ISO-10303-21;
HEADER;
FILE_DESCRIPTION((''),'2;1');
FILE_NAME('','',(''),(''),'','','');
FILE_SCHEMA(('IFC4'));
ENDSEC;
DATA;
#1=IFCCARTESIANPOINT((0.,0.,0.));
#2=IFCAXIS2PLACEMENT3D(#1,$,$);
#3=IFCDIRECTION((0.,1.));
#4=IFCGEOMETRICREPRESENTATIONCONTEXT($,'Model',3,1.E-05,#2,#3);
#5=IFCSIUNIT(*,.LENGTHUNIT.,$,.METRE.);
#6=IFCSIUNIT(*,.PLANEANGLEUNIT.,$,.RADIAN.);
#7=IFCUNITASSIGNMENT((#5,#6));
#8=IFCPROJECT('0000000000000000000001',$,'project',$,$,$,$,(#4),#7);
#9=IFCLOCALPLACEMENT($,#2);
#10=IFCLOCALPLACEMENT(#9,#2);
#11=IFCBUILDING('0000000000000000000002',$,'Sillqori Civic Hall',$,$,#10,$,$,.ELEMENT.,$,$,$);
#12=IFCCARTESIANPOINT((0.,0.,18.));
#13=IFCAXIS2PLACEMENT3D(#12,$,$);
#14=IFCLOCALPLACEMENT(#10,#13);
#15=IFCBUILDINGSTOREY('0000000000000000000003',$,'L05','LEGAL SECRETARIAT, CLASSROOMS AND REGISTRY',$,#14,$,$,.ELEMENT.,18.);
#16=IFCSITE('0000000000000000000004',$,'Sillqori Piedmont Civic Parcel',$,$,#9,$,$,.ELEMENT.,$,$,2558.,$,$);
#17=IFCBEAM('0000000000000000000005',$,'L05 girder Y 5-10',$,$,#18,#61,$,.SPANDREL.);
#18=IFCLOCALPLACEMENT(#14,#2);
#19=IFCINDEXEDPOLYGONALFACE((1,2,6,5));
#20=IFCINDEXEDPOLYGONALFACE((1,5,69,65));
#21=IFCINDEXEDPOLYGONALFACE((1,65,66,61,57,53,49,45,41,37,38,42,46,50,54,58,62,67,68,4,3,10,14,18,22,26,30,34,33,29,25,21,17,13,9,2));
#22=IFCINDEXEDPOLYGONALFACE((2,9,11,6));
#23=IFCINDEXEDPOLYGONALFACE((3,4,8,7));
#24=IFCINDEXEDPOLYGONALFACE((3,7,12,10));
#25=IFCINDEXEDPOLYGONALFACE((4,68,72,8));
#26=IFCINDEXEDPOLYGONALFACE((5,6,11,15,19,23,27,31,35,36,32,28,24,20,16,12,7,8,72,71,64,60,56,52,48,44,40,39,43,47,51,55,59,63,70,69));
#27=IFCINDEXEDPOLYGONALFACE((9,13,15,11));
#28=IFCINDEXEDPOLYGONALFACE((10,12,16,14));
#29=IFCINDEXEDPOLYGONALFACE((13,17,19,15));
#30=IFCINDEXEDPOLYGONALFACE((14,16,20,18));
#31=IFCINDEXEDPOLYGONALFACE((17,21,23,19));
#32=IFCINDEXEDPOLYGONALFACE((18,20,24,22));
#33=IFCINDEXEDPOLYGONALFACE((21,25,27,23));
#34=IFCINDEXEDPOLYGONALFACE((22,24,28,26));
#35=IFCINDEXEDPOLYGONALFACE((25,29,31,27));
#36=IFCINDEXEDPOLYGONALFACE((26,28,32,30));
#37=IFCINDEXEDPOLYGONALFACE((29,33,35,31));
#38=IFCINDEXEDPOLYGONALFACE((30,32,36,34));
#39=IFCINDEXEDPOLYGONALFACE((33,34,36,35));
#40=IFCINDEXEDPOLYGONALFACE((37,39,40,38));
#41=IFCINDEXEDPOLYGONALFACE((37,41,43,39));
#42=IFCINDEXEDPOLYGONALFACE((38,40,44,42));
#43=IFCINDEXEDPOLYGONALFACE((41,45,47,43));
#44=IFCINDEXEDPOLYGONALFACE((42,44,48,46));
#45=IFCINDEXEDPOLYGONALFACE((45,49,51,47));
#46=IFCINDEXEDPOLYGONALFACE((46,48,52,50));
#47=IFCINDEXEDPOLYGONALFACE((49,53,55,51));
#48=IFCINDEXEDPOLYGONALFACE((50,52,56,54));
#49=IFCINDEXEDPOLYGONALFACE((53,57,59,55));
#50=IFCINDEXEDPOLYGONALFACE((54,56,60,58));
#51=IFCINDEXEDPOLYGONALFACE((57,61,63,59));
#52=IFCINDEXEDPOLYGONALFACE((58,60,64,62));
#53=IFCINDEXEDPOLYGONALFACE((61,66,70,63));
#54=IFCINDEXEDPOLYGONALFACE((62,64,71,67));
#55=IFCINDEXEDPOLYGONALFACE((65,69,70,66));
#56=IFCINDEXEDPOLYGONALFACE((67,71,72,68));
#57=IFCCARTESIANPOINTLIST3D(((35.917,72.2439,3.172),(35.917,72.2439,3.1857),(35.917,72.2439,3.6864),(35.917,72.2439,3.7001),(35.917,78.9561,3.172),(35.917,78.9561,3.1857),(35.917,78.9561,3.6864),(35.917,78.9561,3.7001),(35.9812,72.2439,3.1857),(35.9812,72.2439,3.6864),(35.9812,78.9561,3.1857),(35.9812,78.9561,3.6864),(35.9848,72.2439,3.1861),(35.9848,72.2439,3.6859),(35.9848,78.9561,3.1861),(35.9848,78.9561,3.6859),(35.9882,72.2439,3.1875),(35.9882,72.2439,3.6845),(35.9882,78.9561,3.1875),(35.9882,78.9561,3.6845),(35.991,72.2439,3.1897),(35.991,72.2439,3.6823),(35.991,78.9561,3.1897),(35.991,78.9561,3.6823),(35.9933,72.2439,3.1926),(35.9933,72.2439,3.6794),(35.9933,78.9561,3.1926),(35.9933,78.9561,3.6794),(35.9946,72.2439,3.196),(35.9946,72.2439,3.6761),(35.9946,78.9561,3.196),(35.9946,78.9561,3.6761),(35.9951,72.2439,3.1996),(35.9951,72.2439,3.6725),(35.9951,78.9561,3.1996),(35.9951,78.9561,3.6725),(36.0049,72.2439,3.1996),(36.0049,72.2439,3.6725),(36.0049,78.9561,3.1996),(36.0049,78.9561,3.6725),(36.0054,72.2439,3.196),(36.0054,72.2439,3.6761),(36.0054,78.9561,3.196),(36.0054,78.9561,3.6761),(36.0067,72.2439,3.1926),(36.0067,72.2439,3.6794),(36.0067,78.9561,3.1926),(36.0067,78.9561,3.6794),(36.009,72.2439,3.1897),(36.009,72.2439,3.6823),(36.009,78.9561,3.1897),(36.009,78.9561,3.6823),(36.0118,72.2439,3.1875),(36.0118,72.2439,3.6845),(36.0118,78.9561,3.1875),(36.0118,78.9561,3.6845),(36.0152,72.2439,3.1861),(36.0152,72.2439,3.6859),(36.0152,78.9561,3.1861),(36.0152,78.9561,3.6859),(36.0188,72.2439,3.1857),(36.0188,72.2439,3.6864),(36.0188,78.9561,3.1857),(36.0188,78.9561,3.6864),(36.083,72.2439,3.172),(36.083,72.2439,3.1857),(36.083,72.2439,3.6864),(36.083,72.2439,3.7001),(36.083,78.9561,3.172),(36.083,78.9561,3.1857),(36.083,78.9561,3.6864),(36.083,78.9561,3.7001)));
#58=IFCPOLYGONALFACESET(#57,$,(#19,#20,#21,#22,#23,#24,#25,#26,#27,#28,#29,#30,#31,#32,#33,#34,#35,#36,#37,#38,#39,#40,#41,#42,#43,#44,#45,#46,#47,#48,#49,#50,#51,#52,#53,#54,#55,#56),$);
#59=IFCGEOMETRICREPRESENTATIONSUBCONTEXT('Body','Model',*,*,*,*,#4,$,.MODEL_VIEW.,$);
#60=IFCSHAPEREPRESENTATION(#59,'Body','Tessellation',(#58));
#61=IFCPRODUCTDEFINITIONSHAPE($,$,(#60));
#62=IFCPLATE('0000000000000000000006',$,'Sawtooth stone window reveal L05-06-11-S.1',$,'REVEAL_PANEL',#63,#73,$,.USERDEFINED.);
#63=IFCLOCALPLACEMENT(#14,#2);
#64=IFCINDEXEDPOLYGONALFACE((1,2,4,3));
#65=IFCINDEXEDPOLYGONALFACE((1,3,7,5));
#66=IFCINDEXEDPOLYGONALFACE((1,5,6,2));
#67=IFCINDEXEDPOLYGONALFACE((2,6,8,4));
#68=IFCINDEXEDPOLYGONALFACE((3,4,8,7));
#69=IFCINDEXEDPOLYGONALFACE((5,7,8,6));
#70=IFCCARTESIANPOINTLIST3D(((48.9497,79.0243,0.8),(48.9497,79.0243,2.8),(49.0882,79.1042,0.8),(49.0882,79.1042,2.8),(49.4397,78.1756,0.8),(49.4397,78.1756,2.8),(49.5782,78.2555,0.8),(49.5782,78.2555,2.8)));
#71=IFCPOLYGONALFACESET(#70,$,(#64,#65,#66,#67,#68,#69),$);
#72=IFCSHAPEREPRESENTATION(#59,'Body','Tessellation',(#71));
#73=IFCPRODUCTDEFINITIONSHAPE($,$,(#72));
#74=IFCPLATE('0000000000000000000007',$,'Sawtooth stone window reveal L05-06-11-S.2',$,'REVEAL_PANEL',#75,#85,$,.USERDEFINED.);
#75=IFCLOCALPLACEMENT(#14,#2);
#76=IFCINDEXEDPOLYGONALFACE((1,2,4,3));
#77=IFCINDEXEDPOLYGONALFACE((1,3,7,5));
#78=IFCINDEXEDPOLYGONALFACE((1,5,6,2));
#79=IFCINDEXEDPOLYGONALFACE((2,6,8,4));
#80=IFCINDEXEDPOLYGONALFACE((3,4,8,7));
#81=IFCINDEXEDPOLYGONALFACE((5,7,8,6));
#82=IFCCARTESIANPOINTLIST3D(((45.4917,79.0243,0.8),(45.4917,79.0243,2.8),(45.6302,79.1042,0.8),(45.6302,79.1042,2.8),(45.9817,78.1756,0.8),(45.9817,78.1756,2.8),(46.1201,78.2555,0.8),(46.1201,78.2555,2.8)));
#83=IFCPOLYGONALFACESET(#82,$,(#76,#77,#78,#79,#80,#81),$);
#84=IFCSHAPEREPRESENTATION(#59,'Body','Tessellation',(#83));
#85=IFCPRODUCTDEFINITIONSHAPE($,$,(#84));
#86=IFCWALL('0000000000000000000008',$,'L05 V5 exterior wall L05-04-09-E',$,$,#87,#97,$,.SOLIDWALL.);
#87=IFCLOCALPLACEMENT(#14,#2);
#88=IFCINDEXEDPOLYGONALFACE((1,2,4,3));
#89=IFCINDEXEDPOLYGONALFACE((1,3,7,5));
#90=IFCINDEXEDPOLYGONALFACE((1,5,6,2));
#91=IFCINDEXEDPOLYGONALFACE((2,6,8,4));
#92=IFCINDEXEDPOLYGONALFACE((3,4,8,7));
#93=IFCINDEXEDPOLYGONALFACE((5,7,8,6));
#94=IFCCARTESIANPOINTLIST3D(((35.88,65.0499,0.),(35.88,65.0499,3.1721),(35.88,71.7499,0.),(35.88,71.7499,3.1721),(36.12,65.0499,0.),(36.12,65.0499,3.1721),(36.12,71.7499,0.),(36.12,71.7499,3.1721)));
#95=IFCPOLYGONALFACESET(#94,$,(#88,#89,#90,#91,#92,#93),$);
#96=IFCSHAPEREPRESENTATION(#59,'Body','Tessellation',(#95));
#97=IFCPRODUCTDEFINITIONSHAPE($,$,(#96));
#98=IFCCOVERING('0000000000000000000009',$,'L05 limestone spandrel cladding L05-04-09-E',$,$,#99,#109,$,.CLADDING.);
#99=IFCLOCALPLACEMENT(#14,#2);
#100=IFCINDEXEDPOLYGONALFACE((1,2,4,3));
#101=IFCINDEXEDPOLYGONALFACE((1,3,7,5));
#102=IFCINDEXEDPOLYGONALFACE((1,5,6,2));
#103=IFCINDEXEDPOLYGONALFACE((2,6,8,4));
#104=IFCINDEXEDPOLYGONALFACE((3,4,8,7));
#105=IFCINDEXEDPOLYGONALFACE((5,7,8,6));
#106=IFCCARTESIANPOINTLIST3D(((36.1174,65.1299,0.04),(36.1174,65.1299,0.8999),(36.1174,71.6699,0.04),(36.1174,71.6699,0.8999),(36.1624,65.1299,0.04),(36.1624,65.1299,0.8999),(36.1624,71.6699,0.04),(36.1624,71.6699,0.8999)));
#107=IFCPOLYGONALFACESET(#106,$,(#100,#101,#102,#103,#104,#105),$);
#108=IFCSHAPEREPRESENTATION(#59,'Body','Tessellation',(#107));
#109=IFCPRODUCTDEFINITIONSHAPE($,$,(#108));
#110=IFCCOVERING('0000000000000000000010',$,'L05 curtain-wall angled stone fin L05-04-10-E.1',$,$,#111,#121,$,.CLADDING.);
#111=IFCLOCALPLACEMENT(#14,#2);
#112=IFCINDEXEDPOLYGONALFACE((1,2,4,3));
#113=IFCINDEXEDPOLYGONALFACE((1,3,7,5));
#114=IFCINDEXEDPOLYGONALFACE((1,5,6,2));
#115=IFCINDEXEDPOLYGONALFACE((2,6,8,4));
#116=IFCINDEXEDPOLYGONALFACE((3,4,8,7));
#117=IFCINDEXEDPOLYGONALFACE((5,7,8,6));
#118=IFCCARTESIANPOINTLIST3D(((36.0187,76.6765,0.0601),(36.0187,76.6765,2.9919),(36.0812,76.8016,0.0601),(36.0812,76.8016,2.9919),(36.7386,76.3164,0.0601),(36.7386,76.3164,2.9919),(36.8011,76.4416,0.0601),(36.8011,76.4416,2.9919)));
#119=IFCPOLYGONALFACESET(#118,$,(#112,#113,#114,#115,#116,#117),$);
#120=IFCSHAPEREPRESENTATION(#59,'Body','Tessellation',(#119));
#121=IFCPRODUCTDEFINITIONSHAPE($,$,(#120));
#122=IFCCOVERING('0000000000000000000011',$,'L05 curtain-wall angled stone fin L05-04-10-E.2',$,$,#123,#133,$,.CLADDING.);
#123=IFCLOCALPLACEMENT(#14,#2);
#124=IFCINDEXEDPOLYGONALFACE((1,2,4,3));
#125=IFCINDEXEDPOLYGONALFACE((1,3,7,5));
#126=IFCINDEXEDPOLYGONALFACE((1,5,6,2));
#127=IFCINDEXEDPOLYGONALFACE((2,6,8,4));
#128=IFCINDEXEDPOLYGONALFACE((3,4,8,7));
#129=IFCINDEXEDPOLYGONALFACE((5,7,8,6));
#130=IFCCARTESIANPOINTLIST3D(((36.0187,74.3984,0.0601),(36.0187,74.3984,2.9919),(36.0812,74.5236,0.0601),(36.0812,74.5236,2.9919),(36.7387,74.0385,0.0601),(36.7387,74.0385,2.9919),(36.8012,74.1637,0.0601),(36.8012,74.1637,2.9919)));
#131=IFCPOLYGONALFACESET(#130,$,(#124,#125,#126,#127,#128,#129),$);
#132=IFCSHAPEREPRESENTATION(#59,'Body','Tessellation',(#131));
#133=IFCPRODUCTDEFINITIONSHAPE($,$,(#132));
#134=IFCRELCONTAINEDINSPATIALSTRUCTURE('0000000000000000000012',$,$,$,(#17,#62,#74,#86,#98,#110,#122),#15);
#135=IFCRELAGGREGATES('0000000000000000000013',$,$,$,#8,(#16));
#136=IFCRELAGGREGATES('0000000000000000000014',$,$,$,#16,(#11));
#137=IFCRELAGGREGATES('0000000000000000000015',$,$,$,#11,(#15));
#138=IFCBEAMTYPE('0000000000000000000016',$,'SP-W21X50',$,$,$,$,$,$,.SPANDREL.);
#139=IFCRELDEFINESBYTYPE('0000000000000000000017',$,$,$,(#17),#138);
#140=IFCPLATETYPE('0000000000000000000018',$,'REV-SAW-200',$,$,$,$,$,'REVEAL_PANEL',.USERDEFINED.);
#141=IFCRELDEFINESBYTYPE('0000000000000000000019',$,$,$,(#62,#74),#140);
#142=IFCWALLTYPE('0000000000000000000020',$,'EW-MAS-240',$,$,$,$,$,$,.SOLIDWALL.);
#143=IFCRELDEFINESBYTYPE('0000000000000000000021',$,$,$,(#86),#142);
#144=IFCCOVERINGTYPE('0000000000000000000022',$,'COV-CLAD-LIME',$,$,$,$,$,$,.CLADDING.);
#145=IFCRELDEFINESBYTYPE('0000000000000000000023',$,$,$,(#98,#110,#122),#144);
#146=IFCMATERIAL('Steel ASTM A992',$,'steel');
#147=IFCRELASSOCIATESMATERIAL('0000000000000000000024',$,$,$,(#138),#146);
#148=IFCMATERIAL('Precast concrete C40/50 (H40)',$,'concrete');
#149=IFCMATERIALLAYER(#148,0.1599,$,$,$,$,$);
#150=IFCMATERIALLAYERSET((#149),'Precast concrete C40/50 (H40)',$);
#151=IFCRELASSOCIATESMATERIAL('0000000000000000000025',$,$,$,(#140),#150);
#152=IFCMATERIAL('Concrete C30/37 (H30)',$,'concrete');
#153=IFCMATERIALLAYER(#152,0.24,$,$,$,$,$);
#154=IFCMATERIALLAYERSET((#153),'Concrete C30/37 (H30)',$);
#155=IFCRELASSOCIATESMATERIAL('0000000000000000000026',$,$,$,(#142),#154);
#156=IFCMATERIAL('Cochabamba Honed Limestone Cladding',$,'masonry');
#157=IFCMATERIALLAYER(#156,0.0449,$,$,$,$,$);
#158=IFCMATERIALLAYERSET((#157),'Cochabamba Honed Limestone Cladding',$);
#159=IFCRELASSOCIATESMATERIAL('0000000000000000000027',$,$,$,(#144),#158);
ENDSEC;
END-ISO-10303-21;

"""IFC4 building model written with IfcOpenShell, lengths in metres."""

from ifc_helpers import new_model, si_unit, direction, frame, frame_2d, origin, origin_2d, place, context, subcontext, project, spatial, rectangle, i_section, extrude, material, layer, layer_set, material_profile, profile_set, type_object, element, save


model = new_model("IFC4")

# Units and contexts
model_context = context("Model", 3, precision=1e-05, world=origin(), true_north=direction((0.0, 1.0)))
body_context = subcontext(model_context, "Body", "Model", "MODEL_VIEW")
ifc_project = project(units=[si_unit("LENGTHUNIT", "METRE"), si_unit("PLANEANGLEUNIT", "RADIAN")], contexts=[model_context])

# Site, building, storey
site_placement = place(None, origin())
site = spatial("IfcSite", under=ifc_project, at=site_placement, Name="Sillqori Piedmont Civic Parcel", CompositionType="ELEMENT", RefElevation=2558.0)
building_placement = place(site_placement, origin())
building = spatial("IfcBuilding", under=site, at=building_placement, Name="Sillqori Civic Hall", CompositionType="ELEMENT")
storey_placement = place(building_placement, frame((0.0, 0.0, 18.0)))
storey = spatial("IfcBuildingStorey", under=building, at=storey_placement, Name="L05", Description="LEGAL SECRETARIAT, CLASSROOMS AND REGISTRY", CompositionType="ELEMENT", Elevation=18.0)

# Beam
ifc_material_1 = material(Name="Steel ASTM A992", Category="steel")
ifc_material_profile_1 = material_profile(ifc_material_1, i_section(OverallWidth=0.166, OverallDepth=0.5281, WebThickness=0.0098, FlangeThickness=0.0137, FilletRadius=0.0139, at=origin_2d()), Name="W21X50")
ifc_profile_set_1 = profile_set([ifc_material_profile_1], Name="Steel ASTM A992")
beam_type_1 = type_object("IfcBeamType", Name="SP-W21X50", PredefinedType="SPANDREL", material=ifc_profile_set_1)
for number, where, z_axis, x_axis, name in (
    (1, (36.0, 72.2439, 3.436), (0.0, 1.0, 0.0), (-1.0, 0.0, 0.0), "L05 girder Y 5-10"),
):
    element("IfcBeam", number, at=place(storey_placement, frame(where, z_axis=z_axis, x_axis=x_axis)), inside=storey, type_object=beam_type_1, Name=name, PredefinedType="SPANDREL", context=body_context, shape_type="SweptSolid", body=[
        extrude(i_section(OverallWidth=0.166, OverallDepth=0.5281, WebThickness=0.0098, FlangeThickness=0.0137, FilletRadius=0.0139, at=origin_2d()), origin(), (0.0, 0.0, 1.0), 6.7122),
    ])

# Plates
ifc_material_2 = material(Name="Precast concrete C40/50 (H40)", Category="concrete")
ifc_layer_1 = layer(ifc_material_2, 0.1599)
ifc_layer_set_1 = layer_set([ifc_layer_1], Name="Precast concrete C40/50 (H40)")
plate_type_1 = type_object("IfcPlateType", Name="REV-SAW-200", ElementType="REVEAL_PANEL", PredefinedType="USERDEFINED", material=ifc_layer_set_1)
for number, where, z_axis, x_axis, name in (
    (2, (49.2639, 78.6399, 0.8), (0.0, 0.0, 1.0), (-0.866025, -0.5, 0.0), "Sawtooth stone window reveal L05-06-11-S.1"),
    (3, (45.8059, 78.6399, 0.8), (0.0, 0.0, 1.0), (-0.866025, -0.5, 0.0), "Sawtooth stone window reveal L05-06-11-S.2"),
):
    element("IfcPlate", number, at=place(storey_placement, frame(where, z_axis=z_axis, x_axis=x_axis)), inside=storey, type_object=plate_type_1, Name=name, ObjectType="REVEAL_PANEL", PredefinedType="USERDEFINED", context=body_context, shape_type="SweptSolid", body=[
        extrude(rectangle(XDim=0.1599, YDim=0.98, at=origin_2d()), origin(), (0.0, 0.0, 1.0), 2.0),
    ])

# Wall
ifc_material_3 = material(Name="Concrete C30/37 (H30)", Category="concrete")
ifc_layer_2 = layer(ifc_material_3, 0.24)
ifc_layer_set_2 = layer_set([ifc_layer_2], Name="Concrete C30/37 (H30)")
wall_type = type_object("IfcWallType", Name="EW-MAS-240", PredefinedType="SOLIDWALL", material=ifc_layer_set_2)
wall_placement = place(storey_placement, frame((36.0, 71.75, 0.0), z_axis=(0.0, 0.0, 1.0), x_axis=(0.0, -1.0, 0.0)))
element("IfcWall", 4, at=wall_placement, inside=storey, type_object=wall_type, Name="L05 V5 exterior wall L05-04-09-E", PredefinedType="SOLIDWALL", context=body_context, shape_type="SweptSolid", body=[
    extrude(rectangle(XDim=6.7, YDim=0.24, at=frame_2d((3.3501, 0.0))), origin(), (0.0, 0.0, 1.0), 3.1721),
])

# Coverings
ifc_material_4 = material(Name="Cochabamba Honed Limestone Cladding", Category="masonry")
ifc_layer_3 = layer(ifc_material_4, 0.0449)
ifc_layer_set_3 = layer_set([ifc_layer_3], Name="Cochabamba Honed Limestone Cladding")
covering_type = type_object("IfcCoveringType", Name="COV-CLAD-LIME", PredefinedType="CLADDING", material=ifc_layer_set_3)
covering_placement = place(storey_placement, frame((36.1399, 71.6699, 0.04), z_axis=(0.0, 0.0, 1.0), x_axis=(0.0, -1.0, 0.0)))
element("IfcCovering", 5, at=covering_placement, inside=storey, type_object=covering_type, Name="L05 limestone spandrel cladding L05-04-09-E", PredefinedType="CLADDING", context=body_context, shape_type="SweptSolid", body=[
    extrude(rectangle(XDim=6.54, YDim=0.0449, at=frame_2d((3.27, 0.0))), origin(), (0.0, 0.0, 1.0), 0.8599),
])
for number, where, z_axis, x_axis, name in (
    (6, (36.05, 76.739, 0.0601), (0.0, 0.0, 1.0), (0.894367, -0.447335, 0.0), "L05 curtain-wall angled stone fin L05-04-10-E.1"),
    (7, (36.05, 74.4609, 0.0601), (0.0, 0.0, 1.0), (0.894488, -0.447092, 0.0), "L05 curtain-wall angled stone fin L05-04-10-E.2"),
):
    element("IfcCovering", number, at=place(storey_placement, frame(where, z_axis=z_axis, x_axis=x_axis)), inside=storey, type_object=covering_type, Name=name, PredefinedType="CLADDING", context=body_context, shape_type="SweptSolid", body=[
        extrude(rectangle(XDim=0.8049, YDim=0.1399, at=frame_2d((0.4023, 0.0))), origin(), (0.0, 0.0, 1.0), 2.9319),
    ])

save(model, "model.ifc")
